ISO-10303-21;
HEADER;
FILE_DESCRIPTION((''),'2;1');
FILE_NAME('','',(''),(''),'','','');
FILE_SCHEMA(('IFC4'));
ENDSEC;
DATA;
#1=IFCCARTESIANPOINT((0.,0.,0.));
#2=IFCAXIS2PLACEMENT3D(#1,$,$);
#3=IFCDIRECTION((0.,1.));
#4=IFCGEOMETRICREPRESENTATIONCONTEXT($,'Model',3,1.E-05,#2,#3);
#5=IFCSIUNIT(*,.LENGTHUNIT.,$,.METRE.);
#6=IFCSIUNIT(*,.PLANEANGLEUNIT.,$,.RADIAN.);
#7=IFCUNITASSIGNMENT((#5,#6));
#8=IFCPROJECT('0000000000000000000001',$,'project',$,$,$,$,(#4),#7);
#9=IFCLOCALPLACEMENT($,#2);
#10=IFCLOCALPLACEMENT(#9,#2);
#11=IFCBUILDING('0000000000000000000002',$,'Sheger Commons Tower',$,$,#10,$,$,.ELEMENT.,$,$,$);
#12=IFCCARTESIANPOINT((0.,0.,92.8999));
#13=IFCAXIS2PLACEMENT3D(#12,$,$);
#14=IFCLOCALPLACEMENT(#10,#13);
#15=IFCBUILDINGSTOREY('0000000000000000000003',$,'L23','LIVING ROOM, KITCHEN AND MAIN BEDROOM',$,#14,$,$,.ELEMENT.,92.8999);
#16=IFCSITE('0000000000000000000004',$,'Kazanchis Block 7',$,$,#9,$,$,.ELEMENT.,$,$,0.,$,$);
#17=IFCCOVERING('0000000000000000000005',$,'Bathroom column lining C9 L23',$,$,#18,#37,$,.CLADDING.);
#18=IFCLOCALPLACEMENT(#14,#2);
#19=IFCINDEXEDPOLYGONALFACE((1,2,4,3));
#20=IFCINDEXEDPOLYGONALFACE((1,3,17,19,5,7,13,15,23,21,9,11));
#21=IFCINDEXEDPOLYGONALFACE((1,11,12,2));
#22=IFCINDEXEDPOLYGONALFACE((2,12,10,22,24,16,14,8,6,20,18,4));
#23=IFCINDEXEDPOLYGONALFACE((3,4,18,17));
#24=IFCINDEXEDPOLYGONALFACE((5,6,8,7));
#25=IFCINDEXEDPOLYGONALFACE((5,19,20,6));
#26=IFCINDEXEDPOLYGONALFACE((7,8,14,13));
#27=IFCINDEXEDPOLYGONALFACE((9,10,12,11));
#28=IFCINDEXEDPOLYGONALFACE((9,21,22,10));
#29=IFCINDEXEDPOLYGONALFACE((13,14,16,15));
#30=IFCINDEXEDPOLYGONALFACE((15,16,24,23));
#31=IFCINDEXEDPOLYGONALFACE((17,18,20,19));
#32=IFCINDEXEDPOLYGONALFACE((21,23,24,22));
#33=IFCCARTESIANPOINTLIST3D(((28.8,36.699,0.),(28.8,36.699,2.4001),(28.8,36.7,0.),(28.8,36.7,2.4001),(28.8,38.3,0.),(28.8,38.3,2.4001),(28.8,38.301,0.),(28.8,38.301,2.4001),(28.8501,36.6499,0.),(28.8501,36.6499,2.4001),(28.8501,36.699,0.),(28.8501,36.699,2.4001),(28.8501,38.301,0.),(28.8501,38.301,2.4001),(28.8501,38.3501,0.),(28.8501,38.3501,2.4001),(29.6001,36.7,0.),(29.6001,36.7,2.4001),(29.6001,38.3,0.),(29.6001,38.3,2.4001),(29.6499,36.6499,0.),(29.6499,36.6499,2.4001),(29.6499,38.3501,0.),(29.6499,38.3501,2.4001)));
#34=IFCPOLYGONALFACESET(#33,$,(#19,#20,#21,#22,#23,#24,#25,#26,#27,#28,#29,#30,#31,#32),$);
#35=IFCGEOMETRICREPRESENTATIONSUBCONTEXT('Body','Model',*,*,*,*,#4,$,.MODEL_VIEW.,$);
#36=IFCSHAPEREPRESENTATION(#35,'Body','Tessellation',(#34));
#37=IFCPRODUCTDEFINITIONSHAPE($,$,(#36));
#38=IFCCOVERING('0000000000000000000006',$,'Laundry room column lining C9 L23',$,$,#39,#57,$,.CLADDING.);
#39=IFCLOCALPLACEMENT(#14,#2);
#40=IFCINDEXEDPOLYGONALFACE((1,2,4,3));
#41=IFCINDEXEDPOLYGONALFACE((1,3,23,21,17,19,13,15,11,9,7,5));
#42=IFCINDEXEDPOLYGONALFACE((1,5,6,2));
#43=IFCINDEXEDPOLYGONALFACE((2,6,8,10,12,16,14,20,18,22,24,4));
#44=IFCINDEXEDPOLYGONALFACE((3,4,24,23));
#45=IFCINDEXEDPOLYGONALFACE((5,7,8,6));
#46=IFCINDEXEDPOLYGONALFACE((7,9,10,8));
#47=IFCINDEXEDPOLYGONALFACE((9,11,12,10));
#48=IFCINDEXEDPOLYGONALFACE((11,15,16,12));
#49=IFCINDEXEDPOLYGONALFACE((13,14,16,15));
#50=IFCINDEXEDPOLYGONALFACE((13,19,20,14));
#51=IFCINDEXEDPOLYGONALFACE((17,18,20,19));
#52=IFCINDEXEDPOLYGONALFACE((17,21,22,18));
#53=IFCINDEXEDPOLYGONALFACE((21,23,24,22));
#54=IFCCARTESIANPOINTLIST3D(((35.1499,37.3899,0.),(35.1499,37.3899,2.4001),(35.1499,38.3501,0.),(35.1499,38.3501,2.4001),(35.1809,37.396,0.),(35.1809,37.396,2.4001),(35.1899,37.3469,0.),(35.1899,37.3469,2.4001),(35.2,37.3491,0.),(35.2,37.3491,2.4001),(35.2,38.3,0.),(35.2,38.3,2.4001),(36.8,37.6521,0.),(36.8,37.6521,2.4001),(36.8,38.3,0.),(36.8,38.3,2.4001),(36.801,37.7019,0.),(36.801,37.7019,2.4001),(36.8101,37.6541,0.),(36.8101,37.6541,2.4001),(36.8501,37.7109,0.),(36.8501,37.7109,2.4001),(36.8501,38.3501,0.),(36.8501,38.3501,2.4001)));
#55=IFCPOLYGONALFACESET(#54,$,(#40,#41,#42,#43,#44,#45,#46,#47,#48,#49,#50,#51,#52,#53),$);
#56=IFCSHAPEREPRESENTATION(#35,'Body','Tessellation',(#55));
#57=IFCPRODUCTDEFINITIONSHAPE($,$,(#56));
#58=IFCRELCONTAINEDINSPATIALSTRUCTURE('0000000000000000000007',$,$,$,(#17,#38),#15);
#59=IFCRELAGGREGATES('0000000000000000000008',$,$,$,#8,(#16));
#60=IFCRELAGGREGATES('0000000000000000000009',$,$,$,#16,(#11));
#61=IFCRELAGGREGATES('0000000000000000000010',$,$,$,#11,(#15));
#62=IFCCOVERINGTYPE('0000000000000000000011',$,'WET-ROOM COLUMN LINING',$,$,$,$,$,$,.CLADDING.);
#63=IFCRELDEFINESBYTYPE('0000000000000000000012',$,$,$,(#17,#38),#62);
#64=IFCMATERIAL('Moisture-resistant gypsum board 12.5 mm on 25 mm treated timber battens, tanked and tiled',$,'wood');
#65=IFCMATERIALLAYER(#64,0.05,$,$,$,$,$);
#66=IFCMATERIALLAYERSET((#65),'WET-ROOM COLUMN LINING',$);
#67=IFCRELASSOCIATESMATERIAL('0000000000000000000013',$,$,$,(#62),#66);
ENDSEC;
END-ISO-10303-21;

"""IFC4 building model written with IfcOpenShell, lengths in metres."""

from ifc_helpers import new_model, si_unit, direction, frame, origin, place, context, subcontext, project, spatial, polyline, outline, extrude, material, layer, layer_set, type_object, element, save


model = new_model("IFC4")

# Units and contexts
model_context = context("Model", 3, precision=1e-05, world=origin(), true_north=direction((0.0, 1.0)))
body_context = subcontext(model_context, "Body", "Model", "MODEL_VIEW")
ifc_project = project(units=[si_unit("LENGTHUNIT", "METRE"), si_unit("PLANEANGLEUNIT", "RADIAN")], contexts=[model_context])

# Site, building, storey
site_placement = place(None, origin())
site = spatial("IfcSite", under=ifc_project, at=site_placement, Name="Kazanchis Block 7", CompositionType="ELEMENT", RefElevation=0.0)
building_placement = place(site_placement, origin())
building = spatial("IfcBuilding", under=site, at=building_placement, Name="Sheger Commons Tower", CompositionType="ELEMENT")
storey_placement = place(building_placement, frame((0.0, 0.0, 92.8999)))
storey = spatial("IfcBuildingStorey", under=building, at=storey_placement, Name="L23", Description="LIVING ROOM, KITCHEN AND MAIN BEDROOM", CompositionType="ELEMENT", Elevation=92.8999)

# Coverings
ifc_material_1 = material(Name="Moisture-resistant gypsum board 12.5 mm on 25 mm treated timber battens, tanked and tiled", Category="wood")
ifc_layer_1 = layer(ifc_material_1, 0.05)
ifc_layer_set_1 = layer_set([ifc_layer_1], Name="WET-ROOM COLUMN LINING")
covering_type_1 = type_object("IfcCoveringType", Name="WET-ROOM COLUMN LINING", PredefinedType="CLADDING", material=ifc_layer_set_1)
covering_1_placement = place(storey_placement, origin())
element("IfcCovering", 1, at=covering_1_placement, inside=storey, type_object=covering_type_1, Name="Bathroom column lining C9 L23", PredefinedType="CLADDING", context=body_context, shape_type="SweptSolid", body=[
    extrude(outline(polyline([(29.6499, 36.6499), (28.8501, 36.6499), (28.8501, 36.699), (28.8, 36.699), (28.8, 36.7), (29.6001, 36.7), (29.6001, 38.3), (28.8, 38.3), (28.8, 38.301), (28.8501, 38.301), (28.8501, 38.3501), (29.6499, 38.3501), (29.6499, 36.6499)])), origin(), (0.0, 0.0, 1.0), 2.4001),
])
covering_2_placement = place(storey_placement, origin())
element("IfcCovering", 2, at=covering_2_placement, inside=storey, type_object=covering_type_1, Name="Laundry room column lining C9 L23", PredefinedType="CLADDING", context=body_context, shape_type="SweptSolid", body=[
    extrude(outline(polyline([(36.8501, 38.3501), (36.8501, 37.7109), (36.801, 37.7019), (36.8101, 37.6541), (36.8, 37.6521), (36.8, 38.3), (35.2, 38.3), (35.2, 37.3491), (35.1899, 37.3469), (35.1809, 37.396), (35.1499, 37.3899), (35.1499, 38.3501), (36.8501, 38.3501)])), origin(), (0.0, 0.0, 1.0), 2.4001),
])

save(model, "model.ifc")
